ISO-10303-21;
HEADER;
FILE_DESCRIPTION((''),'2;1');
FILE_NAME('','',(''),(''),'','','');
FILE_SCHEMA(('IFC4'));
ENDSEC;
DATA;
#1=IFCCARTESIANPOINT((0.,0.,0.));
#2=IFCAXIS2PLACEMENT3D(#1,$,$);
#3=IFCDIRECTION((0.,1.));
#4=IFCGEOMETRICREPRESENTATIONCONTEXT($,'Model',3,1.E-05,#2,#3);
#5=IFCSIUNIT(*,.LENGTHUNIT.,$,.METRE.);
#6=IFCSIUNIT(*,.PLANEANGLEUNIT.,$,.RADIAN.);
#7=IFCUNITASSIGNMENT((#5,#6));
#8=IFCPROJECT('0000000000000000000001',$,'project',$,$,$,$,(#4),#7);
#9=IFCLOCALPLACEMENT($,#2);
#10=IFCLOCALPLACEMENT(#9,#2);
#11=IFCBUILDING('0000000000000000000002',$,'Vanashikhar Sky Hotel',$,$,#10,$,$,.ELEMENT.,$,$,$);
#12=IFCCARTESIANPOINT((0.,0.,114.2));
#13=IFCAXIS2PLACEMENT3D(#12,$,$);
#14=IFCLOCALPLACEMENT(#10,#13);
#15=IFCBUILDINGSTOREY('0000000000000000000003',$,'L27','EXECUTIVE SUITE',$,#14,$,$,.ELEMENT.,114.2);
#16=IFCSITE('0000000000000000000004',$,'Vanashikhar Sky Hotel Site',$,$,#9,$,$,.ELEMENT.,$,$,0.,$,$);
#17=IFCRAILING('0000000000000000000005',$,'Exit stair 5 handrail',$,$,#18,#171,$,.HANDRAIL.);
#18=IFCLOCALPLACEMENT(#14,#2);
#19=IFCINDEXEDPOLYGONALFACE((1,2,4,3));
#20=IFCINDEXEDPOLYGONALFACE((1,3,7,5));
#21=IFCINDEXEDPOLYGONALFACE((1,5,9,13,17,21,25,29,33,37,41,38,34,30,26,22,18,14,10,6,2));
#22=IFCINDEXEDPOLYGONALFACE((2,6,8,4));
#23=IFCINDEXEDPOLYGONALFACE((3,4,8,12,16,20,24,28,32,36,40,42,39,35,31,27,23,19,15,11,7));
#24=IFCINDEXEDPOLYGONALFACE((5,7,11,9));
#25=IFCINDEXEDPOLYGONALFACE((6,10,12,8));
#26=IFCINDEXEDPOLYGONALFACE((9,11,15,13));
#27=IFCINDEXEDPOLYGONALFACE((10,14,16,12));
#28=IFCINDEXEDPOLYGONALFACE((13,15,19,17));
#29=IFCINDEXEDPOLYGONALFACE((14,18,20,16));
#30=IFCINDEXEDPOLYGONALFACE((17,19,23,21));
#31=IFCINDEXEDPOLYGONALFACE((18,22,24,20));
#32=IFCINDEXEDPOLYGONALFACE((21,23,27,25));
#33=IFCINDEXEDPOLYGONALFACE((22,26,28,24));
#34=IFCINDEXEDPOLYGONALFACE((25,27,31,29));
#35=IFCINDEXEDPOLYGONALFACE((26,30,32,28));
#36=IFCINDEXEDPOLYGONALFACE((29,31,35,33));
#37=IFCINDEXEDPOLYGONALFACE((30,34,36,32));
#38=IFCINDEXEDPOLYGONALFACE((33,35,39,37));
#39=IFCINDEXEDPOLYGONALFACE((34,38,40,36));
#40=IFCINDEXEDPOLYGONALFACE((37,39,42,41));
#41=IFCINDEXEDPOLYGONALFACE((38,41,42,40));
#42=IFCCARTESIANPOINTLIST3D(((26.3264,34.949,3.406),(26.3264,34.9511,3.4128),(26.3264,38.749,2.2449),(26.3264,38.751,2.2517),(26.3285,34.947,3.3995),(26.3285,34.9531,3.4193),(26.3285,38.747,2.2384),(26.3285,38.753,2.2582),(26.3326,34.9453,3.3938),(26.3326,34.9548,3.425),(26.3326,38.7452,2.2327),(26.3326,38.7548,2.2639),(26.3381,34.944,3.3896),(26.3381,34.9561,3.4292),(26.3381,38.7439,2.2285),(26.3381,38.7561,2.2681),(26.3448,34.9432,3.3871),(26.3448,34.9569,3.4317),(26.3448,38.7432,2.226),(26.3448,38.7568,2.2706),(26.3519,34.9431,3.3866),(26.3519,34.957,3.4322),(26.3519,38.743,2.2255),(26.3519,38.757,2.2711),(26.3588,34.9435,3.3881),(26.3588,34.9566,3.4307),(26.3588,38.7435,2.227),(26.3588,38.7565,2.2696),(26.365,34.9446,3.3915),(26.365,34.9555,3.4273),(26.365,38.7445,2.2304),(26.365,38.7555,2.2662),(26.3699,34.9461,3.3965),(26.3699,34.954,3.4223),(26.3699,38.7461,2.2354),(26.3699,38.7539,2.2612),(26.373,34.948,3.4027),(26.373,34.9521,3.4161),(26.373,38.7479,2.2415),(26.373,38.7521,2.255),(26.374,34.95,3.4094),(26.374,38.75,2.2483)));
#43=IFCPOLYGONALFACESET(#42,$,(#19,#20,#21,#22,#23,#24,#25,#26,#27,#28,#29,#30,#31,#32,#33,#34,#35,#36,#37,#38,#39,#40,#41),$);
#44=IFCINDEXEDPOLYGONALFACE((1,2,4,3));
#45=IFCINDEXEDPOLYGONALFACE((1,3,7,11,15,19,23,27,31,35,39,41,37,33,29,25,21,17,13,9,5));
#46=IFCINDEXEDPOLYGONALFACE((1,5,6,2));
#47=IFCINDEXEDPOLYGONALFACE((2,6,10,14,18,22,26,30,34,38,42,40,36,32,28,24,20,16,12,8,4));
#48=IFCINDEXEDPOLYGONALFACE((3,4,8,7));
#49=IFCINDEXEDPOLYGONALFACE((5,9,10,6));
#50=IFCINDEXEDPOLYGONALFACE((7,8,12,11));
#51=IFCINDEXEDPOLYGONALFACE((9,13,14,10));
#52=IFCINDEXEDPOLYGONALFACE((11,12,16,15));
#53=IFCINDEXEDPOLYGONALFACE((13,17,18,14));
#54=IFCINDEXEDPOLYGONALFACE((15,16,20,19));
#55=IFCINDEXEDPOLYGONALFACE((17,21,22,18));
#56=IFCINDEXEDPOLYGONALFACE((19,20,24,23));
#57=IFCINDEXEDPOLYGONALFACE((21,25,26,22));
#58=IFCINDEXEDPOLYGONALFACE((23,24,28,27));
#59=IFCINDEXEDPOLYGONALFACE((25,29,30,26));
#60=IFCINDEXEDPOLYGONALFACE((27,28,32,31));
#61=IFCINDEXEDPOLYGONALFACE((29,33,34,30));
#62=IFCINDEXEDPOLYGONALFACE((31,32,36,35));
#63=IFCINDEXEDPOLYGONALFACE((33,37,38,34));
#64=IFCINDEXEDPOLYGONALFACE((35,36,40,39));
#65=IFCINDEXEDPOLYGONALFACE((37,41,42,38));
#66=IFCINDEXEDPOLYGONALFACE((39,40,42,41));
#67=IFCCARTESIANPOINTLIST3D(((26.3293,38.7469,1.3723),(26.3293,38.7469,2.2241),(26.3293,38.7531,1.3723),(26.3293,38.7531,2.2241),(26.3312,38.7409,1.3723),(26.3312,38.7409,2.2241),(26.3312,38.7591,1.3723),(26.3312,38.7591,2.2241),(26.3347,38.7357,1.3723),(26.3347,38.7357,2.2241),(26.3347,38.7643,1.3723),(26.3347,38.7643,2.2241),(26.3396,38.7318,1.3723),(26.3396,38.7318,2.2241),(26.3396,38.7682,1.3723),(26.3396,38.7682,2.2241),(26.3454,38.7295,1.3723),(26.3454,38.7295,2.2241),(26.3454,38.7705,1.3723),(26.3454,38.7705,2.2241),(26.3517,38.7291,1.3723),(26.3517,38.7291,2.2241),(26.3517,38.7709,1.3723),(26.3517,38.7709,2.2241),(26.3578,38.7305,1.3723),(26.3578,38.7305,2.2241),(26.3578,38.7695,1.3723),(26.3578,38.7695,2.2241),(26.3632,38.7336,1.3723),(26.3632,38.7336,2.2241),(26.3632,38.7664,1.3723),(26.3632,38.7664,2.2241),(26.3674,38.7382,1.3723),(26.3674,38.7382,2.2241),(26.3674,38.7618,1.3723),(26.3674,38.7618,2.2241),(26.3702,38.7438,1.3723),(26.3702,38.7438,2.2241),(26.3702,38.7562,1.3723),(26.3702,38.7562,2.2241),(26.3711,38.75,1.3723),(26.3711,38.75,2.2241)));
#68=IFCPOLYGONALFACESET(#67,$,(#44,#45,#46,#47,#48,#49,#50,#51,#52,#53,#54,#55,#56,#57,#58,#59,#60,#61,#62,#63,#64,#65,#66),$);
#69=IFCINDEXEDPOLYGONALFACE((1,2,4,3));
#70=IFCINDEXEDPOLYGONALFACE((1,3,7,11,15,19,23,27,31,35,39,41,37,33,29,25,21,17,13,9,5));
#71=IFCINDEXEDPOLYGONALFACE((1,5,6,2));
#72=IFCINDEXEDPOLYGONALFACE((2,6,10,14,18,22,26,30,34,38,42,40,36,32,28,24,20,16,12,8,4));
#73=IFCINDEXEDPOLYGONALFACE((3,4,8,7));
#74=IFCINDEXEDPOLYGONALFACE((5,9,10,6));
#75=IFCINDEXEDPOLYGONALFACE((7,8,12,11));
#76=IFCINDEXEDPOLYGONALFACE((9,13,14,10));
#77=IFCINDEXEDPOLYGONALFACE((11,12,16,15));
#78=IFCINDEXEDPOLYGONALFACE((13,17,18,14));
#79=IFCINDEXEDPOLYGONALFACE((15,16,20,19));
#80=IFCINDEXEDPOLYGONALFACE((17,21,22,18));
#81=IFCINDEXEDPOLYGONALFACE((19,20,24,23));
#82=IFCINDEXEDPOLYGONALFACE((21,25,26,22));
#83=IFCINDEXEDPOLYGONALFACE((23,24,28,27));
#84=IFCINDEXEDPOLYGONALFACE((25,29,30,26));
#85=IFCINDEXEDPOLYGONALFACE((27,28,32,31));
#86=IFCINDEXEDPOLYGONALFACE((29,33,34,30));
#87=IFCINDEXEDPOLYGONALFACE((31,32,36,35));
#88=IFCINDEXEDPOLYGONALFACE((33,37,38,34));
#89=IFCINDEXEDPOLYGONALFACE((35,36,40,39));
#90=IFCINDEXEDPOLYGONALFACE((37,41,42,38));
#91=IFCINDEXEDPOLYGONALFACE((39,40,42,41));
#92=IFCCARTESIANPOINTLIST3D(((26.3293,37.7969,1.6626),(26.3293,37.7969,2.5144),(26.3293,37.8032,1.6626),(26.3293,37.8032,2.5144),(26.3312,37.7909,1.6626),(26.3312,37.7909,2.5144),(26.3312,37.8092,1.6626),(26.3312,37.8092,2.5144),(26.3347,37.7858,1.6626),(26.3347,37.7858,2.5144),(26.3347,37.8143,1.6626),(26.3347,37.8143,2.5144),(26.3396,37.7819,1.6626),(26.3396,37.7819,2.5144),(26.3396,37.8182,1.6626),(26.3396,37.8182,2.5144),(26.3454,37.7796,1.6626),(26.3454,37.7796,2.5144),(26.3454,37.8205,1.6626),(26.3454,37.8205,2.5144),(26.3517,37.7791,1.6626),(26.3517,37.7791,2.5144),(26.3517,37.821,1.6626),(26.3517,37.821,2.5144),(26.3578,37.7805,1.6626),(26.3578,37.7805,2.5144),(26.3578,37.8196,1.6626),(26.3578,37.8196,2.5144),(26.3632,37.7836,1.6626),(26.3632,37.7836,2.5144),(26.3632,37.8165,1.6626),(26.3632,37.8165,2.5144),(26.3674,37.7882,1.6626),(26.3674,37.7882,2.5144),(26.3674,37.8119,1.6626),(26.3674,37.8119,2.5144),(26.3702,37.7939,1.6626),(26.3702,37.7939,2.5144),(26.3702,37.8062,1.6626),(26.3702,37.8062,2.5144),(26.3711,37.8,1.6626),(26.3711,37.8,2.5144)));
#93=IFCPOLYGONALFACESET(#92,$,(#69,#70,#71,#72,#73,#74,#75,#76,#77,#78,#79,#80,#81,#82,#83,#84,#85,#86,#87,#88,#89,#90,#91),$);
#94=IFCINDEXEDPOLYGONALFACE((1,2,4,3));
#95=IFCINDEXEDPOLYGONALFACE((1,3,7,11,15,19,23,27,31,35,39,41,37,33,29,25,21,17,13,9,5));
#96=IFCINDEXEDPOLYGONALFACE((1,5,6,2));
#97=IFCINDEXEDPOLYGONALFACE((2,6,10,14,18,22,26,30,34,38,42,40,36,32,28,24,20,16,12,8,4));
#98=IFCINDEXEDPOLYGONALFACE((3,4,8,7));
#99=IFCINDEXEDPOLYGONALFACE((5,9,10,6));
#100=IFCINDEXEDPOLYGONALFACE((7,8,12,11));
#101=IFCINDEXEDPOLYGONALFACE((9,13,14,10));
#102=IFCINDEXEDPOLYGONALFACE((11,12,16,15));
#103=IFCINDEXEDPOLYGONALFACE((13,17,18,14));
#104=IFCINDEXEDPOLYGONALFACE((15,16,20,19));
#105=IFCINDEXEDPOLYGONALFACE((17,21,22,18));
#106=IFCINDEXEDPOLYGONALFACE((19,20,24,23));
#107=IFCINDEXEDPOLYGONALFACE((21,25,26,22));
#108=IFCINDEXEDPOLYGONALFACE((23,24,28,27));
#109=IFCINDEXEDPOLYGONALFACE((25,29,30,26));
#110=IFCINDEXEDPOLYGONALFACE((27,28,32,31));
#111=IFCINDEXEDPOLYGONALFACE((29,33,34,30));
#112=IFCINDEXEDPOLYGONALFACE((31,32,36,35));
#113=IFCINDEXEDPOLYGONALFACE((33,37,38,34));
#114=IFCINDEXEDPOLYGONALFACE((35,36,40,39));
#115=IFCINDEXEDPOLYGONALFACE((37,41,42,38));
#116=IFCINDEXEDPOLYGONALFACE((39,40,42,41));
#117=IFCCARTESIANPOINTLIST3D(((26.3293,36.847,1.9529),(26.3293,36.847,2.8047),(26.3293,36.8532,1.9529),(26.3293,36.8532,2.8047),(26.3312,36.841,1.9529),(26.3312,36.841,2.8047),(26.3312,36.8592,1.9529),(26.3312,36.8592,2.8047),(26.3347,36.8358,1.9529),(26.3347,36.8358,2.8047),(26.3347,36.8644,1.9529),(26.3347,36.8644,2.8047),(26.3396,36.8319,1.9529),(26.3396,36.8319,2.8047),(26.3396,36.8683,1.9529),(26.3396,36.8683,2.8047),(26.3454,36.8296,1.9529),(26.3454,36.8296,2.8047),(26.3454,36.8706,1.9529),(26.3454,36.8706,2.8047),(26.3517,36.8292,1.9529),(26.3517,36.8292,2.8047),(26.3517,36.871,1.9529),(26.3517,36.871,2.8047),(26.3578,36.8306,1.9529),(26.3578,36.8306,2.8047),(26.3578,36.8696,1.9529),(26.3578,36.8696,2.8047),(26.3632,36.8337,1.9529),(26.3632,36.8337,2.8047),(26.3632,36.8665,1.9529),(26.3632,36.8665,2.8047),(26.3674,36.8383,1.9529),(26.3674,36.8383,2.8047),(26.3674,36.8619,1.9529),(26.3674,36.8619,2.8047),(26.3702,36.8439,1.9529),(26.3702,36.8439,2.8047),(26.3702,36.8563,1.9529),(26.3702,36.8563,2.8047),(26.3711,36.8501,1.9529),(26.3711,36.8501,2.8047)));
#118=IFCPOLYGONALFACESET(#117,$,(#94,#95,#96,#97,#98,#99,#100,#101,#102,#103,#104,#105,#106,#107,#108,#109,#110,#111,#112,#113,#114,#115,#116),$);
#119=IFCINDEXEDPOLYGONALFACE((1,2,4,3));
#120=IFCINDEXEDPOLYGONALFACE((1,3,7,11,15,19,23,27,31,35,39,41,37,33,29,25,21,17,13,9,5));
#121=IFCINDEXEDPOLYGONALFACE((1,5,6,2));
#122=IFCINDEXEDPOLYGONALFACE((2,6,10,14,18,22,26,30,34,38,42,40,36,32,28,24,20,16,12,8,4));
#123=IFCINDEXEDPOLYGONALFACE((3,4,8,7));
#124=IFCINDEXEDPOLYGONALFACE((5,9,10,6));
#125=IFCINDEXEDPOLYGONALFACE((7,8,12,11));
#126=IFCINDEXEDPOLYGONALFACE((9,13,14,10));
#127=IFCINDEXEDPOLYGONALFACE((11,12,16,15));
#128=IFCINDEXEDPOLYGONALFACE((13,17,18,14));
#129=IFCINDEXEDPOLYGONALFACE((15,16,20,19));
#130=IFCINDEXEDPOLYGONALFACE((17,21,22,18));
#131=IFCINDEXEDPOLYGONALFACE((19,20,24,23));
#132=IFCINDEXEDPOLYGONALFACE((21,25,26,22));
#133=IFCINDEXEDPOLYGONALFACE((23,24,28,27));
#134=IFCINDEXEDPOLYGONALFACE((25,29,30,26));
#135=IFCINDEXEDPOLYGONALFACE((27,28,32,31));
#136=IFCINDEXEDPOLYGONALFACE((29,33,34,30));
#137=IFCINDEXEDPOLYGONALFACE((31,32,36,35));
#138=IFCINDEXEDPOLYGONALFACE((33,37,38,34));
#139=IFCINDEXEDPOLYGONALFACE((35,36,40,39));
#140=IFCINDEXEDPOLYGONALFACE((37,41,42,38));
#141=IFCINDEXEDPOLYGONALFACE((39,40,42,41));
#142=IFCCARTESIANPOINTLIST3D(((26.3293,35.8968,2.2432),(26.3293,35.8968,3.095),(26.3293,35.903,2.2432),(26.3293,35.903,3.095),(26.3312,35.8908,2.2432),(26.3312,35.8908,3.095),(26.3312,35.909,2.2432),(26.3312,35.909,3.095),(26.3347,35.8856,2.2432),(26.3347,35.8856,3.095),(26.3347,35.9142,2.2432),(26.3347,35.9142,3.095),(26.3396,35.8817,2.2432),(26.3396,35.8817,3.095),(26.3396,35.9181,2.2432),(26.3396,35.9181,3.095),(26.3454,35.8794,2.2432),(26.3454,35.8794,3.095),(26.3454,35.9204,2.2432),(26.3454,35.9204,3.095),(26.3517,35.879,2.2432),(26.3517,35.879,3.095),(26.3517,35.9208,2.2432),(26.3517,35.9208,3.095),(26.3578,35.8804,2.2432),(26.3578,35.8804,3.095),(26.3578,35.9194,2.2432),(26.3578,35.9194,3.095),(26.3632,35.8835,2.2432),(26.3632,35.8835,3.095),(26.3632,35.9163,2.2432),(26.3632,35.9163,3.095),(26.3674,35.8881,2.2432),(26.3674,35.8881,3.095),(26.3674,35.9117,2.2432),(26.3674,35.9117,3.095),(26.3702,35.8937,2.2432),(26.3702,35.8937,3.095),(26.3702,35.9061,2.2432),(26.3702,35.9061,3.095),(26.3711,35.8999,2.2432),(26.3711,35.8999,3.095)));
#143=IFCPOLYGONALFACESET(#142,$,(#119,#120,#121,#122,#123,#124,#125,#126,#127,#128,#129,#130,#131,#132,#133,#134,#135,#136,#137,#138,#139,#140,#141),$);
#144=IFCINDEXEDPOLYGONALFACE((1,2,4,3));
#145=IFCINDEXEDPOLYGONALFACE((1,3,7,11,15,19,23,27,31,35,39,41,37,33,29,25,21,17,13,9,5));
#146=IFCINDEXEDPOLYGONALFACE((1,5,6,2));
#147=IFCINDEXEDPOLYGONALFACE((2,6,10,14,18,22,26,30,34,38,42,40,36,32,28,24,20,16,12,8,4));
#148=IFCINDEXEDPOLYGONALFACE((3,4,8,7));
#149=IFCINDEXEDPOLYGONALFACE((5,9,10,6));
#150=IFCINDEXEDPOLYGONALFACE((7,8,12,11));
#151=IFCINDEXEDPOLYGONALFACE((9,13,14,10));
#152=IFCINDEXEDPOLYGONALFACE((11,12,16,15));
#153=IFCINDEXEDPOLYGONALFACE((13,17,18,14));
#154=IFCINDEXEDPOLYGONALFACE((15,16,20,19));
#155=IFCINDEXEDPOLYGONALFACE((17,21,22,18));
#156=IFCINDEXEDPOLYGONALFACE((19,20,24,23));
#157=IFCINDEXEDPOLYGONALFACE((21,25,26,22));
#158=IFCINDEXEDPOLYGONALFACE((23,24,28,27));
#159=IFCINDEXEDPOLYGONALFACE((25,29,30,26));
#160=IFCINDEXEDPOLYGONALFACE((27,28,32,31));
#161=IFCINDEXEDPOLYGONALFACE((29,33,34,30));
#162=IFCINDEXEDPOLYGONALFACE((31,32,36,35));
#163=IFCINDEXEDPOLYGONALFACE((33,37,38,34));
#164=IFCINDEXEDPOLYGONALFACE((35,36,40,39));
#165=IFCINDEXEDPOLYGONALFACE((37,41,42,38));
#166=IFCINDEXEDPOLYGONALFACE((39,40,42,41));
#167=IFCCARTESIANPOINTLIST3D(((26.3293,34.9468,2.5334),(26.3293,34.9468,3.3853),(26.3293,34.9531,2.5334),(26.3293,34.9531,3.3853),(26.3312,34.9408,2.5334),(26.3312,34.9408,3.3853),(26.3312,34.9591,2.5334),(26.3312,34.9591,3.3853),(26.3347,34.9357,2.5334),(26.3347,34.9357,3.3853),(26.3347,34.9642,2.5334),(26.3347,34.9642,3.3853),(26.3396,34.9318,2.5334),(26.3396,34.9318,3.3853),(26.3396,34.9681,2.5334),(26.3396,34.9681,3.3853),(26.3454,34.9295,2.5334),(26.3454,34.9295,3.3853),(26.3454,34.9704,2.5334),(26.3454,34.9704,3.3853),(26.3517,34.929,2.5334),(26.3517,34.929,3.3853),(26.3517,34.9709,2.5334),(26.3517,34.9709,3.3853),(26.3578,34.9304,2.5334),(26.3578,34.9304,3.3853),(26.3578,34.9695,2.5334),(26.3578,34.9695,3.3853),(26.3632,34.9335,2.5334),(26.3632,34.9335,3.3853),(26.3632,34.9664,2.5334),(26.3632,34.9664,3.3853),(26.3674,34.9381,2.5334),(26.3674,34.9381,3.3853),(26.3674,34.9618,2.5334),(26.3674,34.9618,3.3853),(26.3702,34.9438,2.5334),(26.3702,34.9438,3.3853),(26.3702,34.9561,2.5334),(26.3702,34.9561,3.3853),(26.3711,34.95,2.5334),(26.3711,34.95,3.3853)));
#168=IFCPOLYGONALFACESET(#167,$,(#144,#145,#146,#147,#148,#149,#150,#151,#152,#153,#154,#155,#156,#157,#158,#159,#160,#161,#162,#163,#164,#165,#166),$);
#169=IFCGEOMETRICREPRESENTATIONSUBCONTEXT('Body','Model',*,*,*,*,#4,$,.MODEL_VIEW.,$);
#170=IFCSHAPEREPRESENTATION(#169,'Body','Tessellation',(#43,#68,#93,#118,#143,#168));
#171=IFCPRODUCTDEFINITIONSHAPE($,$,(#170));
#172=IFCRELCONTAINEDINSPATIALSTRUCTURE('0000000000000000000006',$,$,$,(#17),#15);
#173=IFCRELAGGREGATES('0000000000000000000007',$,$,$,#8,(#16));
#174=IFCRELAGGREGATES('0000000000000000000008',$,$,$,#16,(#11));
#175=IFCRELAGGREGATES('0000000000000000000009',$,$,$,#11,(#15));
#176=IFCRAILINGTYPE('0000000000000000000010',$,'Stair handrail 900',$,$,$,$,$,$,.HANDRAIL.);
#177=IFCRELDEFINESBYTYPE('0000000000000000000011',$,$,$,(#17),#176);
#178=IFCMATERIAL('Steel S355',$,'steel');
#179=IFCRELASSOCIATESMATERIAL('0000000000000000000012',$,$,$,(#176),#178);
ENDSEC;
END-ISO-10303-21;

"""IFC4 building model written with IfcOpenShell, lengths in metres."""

from ifc_helpers import new_model, si_unit, direction, frame, origin, origin_2d, place, context, subcontext, project, spatial, circle, extrude, source, transform, mapped, material, type_object, element, save


model = new_model("IFC4")

# Units and contexts
model_context = context("Model", 3, precision=1e-05, world=origin(), true_north=direction((0.0, 1.0)))
body_context = subcontext(model_context, "Body", "Model", "MODEL_VIEW")
ifc_project = project(units=[si_unit("LENGTHUNIT", "METRE"), si_unit("PLANEANGLEUNIT", "RADIAN")], contexts=[model_context])

# Site, building, storey
site_placement = place(None, origin())
site = spatial("IfcSite", under=ifc_project, at=site_placement, Name="Vanashikhar Sky Hotel Site", CompositionType="ELEMENT", RefElevation=0.0)
building_placement = place(site_placement, origin())
building = spatial("IfcBuilding", under=site, at=building_placement, Name="Vanashikhar Sky Hotel", CompositionType="ELEMENT")
storey_placement = place(building_placement, frame((0.0, 0.0, 114.2)))
storey = spatial("IfcBuildingStorey", under=building, at=storey_placement, Name="L27", Description="EXECUTIVE SUITE", CompositionType="ELEMENT", Elevation=114.2)

# Railing
ifc_material_1 = material(Name="Steel S355", Category="steel")
railing_type_1 = type_object("IfcRailingType", Name="Stair handrail 900", PredefinedType="HANDRAIL", material=ifc_material_1)
shared_shape_1 = source(origin(), body_context, "Body", "SweptSolid", [
    extrude(circle(Radius=0.0239, at=origin_2d()), frame((0.0, 0.0, 0.876), z_axis=(0.0, -0.956351, 0.29222), x_axis=(1.0, 0.0, 0.0)), (0.0, 0.0, 1.0), 3.9734),
    extrude(circle(Radius=0.021, at=origin_2d()), origin(), (0.0, 0.0, 1.0), 0.8518),
    extrude(circle(Radius=0.021, at=origin_2d()), frame((0.0, -0.95, 0.2903)), (0.0, 0.0, 1.0), 0.8518),
    extrude(circle(Radius=0.021, at=origin_2d()), frame((0.0, -1.8999, 0.5806)), (0.0, 0.0, 1.0), 0.8518),
    extrude(circle(Radius=0.021, at=origin_2d()), frame((0.0, -2.8501, 0.8708)), (0.0, 0.0, 1.0), 0.8518),
    extrude(circle(Radius=0.021, at=origin_2d()), frame((0.0, -3.8, 1.1611)), (0.0, 0.0, 1.0), 0.8518),
])
for number, where, name in (
    (1, (26.3501, 38.75, 1.3723), "Exit stair 5 handrail"),
):
    element("IfcRailing", number, at=place(storey_placement, frame(where)), inside=storey, type_object=railing_type_1, Name=name, PredefinedType="HANDRAIL", context=body_context, shape_type="MappedRepresentation", body=[
        mapped(shared_shape_1, transform((0.0, 0.0, 0.0), scale=1.0)),
    ])

save(model, "model.ifc")
